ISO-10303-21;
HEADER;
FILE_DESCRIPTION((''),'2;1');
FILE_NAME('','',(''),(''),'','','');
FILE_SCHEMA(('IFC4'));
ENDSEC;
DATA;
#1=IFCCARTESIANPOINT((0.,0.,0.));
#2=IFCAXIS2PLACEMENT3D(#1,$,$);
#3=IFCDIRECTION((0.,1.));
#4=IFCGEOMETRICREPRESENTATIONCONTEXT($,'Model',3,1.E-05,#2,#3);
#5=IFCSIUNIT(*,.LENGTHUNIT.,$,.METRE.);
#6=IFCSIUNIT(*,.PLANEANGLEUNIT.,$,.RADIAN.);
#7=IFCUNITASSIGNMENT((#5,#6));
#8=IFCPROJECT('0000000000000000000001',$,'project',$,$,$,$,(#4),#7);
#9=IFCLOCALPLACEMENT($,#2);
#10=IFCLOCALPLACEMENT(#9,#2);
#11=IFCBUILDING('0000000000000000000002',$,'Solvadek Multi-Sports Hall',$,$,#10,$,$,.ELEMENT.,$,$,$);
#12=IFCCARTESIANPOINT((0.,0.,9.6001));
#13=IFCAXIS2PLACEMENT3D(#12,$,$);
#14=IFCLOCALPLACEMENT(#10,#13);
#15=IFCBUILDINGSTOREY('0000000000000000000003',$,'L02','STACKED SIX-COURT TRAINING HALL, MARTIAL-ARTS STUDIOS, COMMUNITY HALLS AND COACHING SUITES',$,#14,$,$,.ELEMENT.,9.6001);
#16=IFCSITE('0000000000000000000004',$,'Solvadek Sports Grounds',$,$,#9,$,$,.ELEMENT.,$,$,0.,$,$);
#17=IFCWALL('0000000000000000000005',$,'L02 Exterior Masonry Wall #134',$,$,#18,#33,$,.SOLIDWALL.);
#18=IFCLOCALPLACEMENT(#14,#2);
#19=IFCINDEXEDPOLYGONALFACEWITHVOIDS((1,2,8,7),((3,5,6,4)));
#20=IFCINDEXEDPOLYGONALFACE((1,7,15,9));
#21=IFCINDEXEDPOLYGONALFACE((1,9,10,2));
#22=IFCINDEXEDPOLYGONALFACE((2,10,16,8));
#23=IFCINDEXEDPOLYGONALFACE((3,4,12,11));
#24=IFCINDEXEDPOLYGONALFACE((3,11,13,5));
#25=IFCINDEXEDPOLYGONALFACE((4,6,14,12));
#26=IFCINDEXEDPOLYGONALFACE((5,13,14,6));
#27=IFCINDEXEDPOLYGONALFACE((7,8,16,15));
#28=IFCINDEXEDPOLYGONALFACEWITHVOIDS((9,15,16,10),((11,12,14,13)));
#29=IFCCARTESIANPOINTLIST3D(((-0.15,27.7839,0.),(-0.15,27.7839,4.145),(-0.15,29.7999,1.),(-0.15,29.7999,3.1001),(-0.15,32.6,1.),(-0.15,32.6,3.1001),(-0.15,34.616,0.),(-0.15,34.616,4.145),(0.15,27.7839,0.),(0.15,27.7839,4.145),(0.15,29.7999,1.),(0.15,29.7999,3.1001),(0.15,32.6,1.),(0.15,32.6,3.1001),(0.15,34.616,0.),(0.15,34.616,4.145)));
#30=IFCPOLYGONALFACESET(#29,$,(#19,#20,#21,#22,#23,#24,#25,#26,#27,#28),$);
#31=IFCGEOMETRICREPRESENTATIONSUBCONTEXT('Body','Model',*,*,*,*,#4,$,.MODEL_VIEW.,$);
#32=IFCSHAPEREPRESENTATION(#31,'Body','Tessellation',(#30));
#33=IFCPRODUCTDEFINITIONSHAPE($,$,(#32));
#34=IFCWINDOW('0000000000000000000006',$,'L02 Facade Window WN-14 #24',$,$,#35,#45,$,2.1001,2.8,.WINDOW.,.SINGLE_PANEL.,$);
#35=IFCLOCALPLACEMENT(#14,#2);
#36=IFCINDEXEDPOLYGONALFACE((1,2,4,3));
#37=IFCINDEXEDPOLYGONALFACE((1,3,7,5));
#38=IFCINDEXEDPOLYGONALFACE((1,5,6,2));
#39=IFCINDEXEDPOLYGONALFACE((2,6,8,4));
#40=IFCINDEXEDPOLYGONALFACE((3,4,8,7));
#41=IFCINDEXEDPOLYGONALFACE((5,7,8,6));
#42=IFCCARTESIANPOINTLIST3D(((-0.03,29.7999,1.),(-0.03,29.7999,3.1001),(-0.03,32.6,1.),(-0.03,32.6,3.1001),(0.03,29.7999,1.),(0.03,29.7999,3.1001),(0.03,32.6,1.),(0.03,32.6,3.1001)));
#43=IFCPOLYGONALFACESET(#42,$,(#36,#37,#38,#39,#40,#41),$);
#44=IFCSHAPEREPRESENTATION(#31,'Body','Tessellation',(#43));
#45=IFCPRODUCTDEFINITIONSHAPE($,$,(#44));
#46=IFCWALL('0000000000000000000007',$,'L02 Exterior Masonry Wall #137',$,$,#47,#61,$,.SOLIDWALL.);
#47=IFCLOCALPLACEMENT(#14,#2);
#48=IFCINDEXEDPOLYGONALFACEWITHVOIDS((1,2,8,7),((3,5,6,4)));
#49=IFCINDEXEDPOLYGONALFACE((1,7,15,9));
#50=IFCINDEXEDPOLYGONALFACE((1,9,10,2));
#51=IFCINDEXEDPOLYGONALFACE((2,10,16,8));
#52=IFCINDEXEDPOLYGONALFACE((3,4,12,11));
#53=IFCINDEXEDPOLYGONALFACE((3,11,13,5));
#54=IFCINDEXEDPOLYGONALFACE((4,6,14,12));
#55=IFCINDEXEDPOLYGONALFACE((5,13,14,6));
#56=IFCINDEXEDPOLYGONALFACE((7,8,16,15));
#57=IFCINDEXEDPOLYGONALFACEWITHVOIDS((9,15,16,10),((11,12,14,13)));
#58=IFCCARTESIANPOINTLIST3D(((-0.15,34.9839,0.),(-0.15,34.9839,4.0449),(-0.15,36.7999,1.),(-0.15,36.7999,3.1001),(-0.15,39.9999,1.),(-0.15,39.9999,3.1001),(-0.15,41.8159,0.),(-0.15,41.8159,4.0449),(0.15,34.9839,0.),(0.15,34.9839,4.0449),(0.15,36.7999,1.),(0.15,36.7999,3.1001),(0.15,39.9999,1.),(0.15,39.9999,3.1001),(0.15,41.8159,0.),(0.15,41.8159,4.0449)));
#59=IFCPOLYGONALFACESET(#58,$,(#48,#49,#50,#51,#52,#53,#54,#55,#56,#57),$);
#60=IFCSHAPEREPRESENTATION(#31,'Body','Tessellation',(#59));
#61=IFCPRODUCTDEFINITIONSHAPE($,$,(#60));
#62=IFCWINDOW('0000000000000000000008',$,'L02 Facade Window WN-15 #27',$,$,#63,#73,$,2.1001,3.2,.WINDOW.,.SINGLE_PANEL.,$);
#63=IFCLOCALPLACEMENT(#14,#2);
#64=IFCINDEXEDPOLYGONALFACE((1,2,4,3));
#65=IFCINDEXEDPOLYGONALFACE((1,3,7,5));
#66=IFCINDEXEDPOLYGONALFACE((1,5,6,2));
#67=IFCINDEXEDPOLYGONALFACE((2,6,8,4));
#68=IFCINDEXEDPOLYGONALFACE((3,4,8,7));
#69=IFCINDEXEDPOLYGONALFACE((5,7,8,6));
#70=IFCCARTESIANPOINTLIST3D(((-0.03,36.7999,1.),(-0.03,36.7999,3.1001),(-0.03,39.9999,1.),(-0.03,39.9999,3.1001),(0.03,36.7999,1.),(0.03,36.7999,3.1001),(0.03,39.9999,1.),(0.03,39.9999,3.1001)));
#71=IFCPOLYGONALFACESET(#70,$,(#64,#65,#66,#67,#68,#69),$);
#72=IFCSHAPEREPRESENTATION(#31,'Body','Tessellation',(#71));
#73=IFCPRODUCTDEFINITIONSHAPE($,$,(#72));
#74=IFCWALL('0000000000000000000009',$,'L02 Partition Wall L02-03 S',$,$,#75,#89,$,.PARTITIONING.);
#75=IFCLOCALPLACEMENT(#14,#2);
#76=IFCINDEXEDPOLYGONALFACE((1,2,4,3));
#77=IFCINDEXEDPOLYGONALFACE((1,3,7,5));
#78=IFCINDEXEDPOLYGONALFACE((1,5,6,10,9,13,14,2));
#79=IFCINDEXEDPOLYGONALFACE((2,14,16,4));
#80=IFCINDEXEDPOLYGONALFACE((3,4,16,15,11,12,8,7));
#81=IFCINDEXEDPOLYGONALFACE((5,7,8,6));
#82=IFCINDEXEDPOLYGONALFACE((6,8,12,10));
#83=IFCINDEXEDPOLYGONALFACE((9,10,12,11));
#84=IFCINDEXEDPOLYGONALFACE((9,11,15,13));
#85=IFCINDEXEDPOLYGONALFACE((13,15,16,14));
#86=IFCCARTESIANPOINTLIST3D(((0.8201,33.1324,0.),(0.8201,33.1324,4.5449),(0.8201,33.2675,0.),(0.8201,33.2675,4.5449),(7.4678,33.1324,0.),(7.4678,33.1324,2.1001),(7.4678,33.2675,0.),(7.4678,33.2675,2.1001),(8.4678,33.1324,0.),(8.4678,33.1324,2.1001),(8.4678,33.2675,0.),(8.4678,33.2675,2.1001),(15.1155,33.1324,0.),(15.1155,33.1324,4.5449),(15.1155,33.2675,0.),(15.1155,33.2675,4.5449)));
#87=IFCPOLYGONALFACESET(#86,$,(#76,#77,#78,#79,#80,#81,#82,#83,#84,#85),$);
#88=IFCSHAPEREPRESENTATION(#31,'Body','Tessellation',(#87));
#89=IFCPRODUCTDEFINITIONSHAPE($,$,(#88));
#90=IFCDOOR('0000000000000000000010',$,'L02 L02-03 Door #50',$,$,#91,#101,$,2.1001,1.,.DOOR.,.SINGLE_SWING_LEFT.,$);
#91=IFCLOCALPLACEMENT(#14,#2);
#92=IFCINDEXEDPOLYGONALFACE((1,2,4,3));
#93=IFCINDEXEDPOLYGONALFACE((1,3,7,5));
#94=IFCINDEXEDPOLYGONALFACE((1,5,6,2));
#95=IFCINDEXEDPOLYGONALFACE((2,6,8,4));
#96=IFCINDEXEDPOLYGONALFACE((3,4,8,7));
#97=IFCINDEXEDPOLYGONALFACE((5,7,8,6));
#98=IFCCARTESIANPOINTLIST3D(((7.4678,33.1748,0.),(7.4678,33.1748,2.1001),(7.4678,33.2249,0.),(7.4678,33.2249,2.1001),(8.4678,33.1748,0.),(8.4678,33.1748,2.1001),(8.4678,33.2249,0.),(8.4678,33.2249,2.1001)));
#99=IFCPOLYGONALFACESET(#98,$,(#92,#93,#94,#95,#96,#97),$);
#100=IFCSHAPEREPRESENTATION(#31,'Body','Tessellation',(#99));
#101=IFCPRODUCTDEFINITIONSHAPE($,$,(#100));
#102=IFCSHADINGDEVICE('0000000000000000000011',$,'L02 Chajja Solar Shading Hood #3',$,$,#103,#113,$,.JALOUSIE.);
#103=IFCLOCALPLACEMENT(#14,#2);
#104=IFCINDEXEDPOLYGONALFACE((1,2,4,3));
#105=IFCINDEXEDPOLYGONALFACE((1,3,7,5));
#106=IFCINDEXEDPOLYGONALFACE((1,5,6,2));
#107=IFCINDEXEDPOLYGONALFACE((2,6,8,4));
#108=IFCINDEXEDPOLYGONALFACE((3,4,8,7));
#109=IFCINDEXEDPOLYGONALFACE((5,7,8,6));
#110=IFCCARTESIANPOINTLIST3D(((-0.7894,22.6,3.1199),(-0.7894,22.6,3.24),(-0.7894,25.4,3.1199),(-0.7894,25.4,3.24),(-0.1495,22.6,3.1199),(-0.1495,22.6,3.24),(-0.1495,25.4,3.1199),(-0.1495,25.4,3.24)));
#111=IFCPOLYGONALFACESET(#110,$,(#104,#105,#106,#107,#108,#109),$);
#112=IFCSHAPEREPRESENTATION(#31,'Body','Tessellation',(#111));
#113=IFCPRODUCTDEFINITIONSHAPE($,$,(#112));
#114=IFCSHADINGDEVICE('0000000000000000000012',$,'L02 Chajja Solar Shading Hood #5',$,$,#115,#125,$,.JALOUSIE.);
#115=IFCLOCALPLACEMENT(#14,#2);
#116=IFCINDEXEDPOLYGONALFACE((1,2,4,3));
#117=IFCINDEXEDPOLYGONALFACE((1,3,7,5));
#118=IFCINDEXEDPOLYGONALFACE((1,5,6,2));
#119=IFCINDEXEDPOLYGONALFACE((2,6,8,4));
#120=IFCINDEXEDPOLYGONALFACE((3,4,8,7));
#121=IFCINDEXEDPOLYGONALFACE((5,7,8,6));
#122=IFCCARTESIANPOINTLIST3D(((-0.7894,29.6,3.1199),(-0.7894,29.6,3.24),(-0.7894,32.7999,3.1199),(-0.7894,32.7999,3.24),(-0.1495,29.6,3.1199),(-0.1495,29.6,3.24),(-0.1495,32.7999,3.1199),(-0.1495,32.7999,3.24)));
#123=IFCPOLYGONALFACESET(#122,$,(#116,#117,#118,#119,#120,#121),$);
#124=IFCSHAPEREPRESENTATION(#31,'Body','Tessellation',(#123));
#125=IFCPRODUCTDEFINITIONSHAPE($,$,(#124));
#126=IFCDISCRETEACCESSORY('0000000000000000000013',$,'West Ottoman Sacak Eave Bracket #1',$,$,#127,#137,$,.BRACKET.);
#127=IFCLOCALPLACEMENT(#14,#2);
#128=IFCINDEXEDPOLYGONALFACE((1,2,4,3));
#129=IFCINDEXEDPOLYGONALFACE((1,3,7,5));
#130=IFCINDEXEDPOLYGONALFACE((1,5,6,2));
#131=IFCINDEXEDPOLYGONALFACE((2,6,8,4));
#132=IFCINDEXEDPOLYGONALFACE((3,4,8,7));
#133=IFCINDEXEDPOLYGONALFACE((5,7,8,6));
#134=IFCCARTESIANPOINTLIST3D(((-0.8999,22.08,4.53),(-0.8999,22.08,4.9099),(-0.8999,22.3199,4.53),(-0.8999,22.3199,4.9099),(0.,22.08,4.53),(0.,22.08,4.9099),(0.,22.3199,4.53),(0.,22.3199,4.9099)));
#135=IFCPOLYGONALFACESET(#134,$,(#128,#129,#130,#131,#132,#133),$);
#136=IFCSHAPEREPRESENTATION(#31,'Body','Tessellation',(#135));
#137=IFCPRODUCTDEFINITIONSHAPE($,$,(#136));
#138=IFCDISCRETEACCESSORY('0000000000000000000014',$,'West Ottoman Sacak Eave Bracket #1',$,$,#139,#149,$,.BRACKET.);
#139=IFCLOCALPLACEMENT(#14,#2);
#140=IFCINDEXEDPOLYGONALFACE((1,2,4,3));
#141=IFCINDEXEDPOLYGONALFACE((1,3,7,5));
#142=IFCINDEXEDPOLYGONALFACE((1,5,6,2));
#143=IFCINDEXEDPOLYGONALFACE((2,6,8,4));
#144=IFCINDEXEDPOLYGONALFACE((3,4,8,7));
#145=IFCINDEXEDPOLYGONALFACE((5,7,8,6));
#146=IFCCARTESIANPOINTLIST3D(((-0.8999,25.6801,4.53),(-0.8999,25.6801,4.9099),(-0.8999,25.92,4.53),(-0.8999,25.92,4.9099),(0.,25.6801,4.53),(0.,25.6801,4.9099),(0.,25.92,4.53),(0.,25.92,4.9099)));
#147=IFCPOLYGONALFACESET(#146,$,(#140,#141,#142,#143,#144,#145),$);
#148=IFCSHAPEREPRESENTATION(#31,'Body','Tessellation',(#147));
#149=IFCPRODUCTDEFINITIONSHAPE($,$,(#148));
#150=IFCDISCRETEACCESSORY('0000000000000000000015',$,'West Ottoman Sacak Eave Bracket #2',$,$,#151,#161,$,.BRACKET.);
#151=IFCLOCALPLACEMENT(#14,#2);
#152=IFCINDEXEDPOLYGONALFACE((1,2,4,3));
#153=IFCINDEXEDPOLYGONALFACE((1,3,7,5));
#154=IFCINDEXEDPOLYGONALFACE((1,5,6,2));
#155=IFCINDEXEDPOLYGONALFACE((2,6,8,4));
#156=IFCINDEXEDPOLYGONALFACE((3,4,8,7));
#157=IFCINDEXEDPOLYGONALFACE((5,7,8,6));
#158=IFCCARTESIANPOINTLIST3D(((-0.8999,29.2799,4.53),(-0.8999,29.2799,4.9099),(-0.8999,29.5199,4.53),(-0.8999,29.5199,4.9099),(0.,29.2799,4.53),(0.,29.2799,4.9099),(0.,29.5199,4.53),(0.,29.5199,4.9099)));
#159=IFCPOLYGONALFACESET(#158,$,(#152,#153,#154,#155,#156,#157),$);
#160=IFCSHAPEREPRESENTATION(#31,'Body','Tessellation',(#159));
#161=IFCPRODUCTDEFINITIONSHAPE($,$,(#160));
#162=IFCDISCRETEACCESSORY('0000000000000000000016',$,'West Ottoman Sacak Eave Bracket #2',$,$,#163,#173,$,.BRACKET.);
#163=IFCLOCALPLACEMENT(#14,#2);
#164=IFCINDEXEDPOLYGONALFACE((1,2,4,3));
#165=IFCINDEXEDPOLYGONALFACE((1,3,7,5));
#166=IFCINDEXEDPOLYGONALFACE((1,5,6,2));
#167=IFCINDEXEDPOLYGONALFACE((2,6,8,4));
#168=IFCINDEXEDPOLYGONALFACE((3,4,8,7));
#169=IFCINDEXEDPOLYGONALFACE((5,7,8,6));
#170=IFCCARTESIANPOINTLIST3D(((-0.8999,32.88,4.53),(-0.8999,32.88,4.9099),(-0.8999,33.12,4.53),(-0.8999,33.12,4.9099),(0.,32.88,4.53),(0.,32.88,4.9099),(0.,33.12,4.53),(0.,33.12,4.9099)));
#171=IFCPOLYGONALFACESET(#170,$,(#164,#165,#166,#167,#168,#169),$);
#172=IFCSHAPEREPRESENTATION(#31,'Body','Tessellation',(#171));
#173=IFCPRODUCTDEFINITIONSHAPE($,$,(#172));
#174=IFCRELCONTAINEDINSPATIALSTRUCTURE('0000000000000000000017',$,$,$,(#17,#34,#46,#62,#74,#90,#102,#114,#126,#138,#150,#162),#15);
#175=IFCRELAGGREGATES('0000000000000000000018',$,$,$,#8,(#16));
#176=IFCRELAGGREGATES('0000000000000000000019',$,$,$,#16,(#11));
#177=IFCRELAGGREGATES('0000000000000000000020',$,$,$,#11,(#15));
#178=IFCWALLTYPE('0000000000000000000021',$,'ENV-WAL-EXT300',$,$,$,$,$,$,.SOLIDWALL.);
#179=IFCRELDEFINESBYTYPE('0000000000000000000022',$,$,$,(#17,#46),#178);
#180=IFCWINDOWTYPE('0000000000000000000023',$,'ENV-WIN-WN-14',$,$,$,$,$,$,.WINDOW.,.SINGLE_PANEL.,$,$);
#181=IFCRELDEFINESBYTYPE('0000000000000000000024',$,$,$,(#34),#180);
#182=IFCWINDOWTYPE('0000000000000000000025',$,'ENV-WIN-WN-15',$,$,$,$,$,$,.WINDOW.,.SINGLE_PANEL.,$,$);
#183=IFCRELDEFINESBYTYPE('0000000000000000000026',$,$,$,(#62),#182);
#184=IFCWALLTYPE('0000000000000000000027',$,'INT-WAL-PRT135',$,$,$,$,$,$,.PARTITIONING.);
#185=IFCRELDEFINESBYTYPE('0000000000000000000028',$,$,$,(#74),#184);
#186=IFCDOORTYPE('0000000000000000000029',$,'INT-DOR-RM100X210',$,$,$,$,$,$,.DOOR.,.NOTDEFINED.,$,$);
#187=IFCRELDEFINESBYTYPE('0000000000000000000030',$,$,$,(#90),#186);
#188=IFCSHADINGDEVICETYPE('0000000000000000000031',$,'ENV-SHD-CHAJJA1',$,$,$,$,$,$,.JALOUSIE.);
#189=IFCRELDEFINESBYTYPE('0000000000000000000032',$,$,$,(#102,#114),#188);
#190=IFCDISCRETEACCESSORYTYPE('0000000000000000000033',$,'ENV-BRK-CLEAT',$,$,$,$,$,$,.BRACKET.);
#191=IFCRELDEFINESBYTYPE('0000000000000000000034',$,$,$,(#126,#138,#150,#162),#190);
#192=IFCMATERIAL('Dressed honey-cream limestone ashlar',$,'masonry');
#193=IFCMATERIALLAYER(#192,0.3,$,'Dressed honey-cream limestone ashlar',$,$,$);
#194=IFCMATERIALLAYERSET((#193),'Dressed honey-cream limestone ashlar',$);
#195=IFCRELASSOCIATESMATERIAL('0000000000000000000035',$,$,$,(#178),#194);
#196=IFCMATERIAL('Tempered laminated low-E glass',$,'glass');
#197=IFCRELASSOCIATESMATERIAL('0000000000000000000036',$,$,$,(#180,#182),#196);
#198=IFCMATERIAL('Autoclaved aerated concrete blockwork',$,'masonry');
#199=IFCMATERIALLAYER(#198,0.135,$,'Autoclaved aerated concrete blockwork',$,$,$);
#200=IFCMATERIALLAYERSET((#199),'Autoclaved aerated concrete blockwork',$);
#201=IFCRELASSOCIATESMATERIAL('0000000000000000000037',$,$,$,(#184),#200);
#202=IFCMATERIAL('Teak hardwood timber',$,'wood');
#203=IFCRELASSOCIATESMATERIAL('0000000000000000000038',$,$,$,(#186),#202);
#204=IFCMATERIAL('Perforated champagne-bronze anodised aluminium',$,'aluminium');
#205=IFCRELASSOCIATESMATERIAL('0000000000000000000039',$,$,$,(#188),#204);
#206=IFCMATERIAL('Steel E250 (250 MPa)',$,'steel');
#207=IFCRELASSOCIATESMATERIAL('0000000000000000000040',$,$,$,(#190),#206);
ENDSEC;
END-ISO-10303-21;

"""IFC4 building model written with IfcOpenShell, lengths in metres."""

from ifc_helpers import new_model, si_unit, direction, frame, frame_2d, origin, origin_2d, place, context, subcontext, project, spatial, rectangle, extrude, material, layer, layer_set, type_object, element, fill, save


model = new_model("IFC4")

# Units and contexts
model_context = context("Model", 3, precision=1e-05, world=origin(), true_north=direction((0.0, 1.0)))
body_context = subcontext(model_context, "Body", "Model", "MODEL_VIEW")
ifc_project = project(units=[si_unit("LENGTHUNIT", "METRE"), si_unit("PLANEANGLEUNIT", "RADIAN")], contexts=[model_context])

# Site, building, storey
site_placement = place(None, origin())
site = spatial("IfcSite", under=ifc_project, at=site_placement, Name="Solvadek Sports Grounds", CompositionType="ELEMENT", RefElevation=0.0)
building_placement = place(site_placement, origin())
building = spatial("IfcBuilding", under=site, at=building_placement, Name="Solvadek Multi-Sports Hall", CompositionType="ELEMENT")
storey_placement = place(building_placement, frame((0.0, 0.0, 9.6001)))
storey = spatial("IfcBuildingStorey", under=building, at=storey_placement, Name="L02", Description="STACKED SIX-COURT TRAINING HALL, MARTIAL-ARTS STUDIOS, COMMUNITY HALLS AND COACHING SUITES", CompositionType="ELEMENT", Elevation=9.6001)

# Shared definitions
ifc_material_1 = material(Name="Teak hardwood timber", Category="wood")

# Walls, openings, windows
ifc_material_2 = material(Name="Dressed honey-cream limestone ashlar", Category="masonry")
ifc_layer_1 = layer(ifc_material_2, 0.3, Name="Dressed honey-cream limestone ashlar")
ifc_layer_set_1 = layer_set([ifc_layer_1], Name="Dressed honey-cream limestone ashlar")
wall_type_1 = type_object("IfcWallType", Name="ENV-WAL-EXT300", PredefinedType="SOLIDWALL", material=ifc_layer_set_1)
wall_1_placement = place(storey_placement, frame((0.0, 27.7839, 0.0), z_axis=(0.0, 0.0, 1.0), x_axis=(0.0, 1.0, 0.0)))
wall_1 = element("IfcWall", 1, at=wall_1_placement, inside=storey, type_object=wall_type_1, Name="L02 Exterior Masonry Wall #134", PredefinedType="SOLIDWALL", context=body_context, shape_type="SweptSolid", body=[
    extrude(rectangle(XDim=6.832, YDim=0.3, at=frame_2d((3.416, 0.0))), origin(), (0.0, 0.0, 1.0), 4.145),
])
opening_1_placement = place(wall_1_placement, frame((2.0161, 0.0, 1.0)))
opening_1 = element("IfcOpeningElement", 2, at=opening_1_placement, cuts=wall_1, PredefinedType="OPENING", context=body_context, shape_type="SweptSolid", body=[
    extrude(rectangle(XDim=2.8, YDim=2.1001, at=frame_2d((1.3999, 1.05))), frame((0.0, 0.1599, 0.0), z_axis=(0.0, -1.0, 0.0), x_axis=(1.0, 0.0, 0.0)), (0.0, 0.0, 1.0), 0.3201),
])
ifc_material_3 = material(Name="Tempered laminated low-E glass", Category="glass")
window_type_1 = type_object("IfcWindowType", Name="ENV-WIN-WN-14", PartitioningType="SINGLE_PANEL", PredefinedType="WINDOW", material=ifc_material_3)
window_1_placement = place(opening_1_placement, origin())
window_1 = element("IfcWindow", 3, at=window_1_placement, inside=storey, type_object=window_type_1, Name="L02 Facade Window WN-14 #24", OverallHeight=2.1001, OverallWidth=2.8, PartitioningType="SINGLE_PANEL", PredefinedType="WINDOW", context=body_context, shape_type="SweptSolid", body=[
    extrude(rectangle(XDim=2.8, YDim=2.1001, at=frame_2d((1.3999, 1.05))), frame((0.0, 0.03, 0.0), z_axis=(0.0, -1.0, 0.0), x_axis=(1.0, 0.0, 0.0)), (0.0, 0.0, 1.0), 0.0601),
])
fill(opening_1, window_1)
wall_2_placement = place(storey_placement, frame((0.0, 34.9839, 0.0), z_axis=(0.0, 0.0, 1.0), x_axis=(0.0, 1.0, 0.0)))
wall_2 = element("IfcWall", 4, at=wall_2_placement, inside=storey, type_object=wall_type_1, Name="L02 Exterior Masonry Wall #137", PredefinedType="SOLIDWALL", context=body_context, shape_type="SweptSolid", body=[
    extrude(rectangle(XDim=6.832, YDim=0.3, at=frame_2d((3.416, 0.0))), origin(), (0.0, 0.0, 1.0), 4.0449),
])
opening_2_placement = place(wall_2_placement, frame((1.8159, 0.0, 1.0)))
opening_2 = element("IfcOpeningElement", 5, at=opening_2_placement, cuts=wall_2, PredefinedType="OPENING", context=body_context, shape_type="SweptSolid", body=[
    extrude(rectangle(XDim=3.2, YDim=2.1001, at=frame_2d((1.6001, 1.05))), frame((0.0, 0.1599, 0.0), z_axis=(0.0, -1.0, 0.0), x_axis=(1.0, 0.0, 0.0)), (0.0, 0.0, 1.0), 0.3201),
])
window_type_2 = type_object("IfcWindowType", Name="ENV-WIN-WN-15", PartitioningType="SINGLE_PANEL", PredefinedType="WINDOW", material=ifc_material_3)
window_2_placement = place(opening_2_placement, origin())
window_2 = element("IfcWindow", 6, at=window_2_placement, inside=storey, type_object=window_type_2, Name="L02 Facade Window WN-15 #27", OverallHeight=2.1001, OverallWidth=3.2, PartitioningType="SINGLE_PANEL", PredefinedType="WINDOW", context=body_context, shape_type="SweptSolid", body=[
    extrude(rectangle(XDim=3.2, YDim=2.1001, at=frame_2d((1.6001, 1.05))), frame((0.0, 0.03, 0.0), z_axis=(0.0, -1.0, 0.0), x_axis=(1.0, 0.0, 0.0)), (0.0, 0.0, 1.0), 0.0601),
])
fill(opening_2, window_2)

# Wall, opening, door
ifc_material_4 = material(Name="Autoclaved aerated concrete blockwork", Category="masonry")
ifc_layer_2 = layer(ifc_material_4, 0.135, Name="Autoclaved aerated concrete blockwork")
ifc_layer_set_2 = layer_set([ifc_layer_2], Name="Autoclaved aerated concrete blockwork")
wall_type_2 = type_object("IfcWallType", Name="INT-WAL-PRT135", PredefinedType="PARTITIONING", material=ifc_layer_set_2)
wall_3_placement = place(storey_placement, frame((0.8201, 33.2, 0.0), z_axis=(0.0, 0.0, 1.0), x_axis=(1.0, 0.0, 0.0)))
wall_3 = element("IfcWall", 7, at=wall_3_placement, inside=storey, type_object=wall_type_2, Name="L02 Partition Wall L02-03 S", PredefinedType="PARTITIONING", context=body_context, shape_type="SweptSolid", body=[
    extrude(rectangle(XDim=14.2954, YDim=0.135, at=frame_2d((7.1477, 0.0))), origin(), (0.0, 0.0, 1.0), 4.5449),
])
opening_3_placement = place(wall_3_placement, frame((6.6477, 0.0, 0.0)))
opening_3 = element("IfcOpeningElement", 8, at=opening_3_placement, cuts=wall_3, PredefinedType="OPENING", context=body_context, shape_type="SweptSolid", body=[
    extrude(rectangle(XDim=1.0, YDim=2.1001, at=frame_2d((0.5, 1.05))), frame((0.0, 0.0774, 0.0), z_axis=(0.0, -1.0, 0.0), x_axis=(1.0, 0.0, 0.0)), (0.0, 0.0, 1.0), 0.155),
])
door_type = type_object("IfcDoorType", Name="INT-DOR-RM100X210", OperationType="NOTDEFINED", PredefinedType="DOOR", material=ifc_material_1)
door_placement = place(opening_3_placement, origin())
door = element("IfcDoor", 9, at=door_placement, inside=storey, type_object=door_type, Name="L02 L02-03 Door #50", OperationType="SINGLE_SWING_LEFT", OverallHeight=2.1001, OverallWidth=1.0, PredefinedType="DOOR", context=body_context, shape_type="SweptSolid", body=[
    extrude(rectangle(XDim=1.0, YDim=2.1001, at=frame_2d((0.5, 1.05))), frame((0.0, 0.0249, 0.0), z_axis=(0.0, -1.0, 0.0), x_axis=(1.0, 0.0, 0.0)), (0.0, 0.0, 1.0), 0.05),
])
fill(opening_3, door)

# Shading devices
ifc_material_5 = material(Name="Perforated champagne-bronze anodised aluminium", Category="aluminium")
shading_device_type = type_object("IfcShadingDeviceType", Name="ENV-SHD-CHAJJA1", PredefinedType="JALOUSIE", material=ifc_material_5)
shading_device_1_placement = place(storey_placement, frame((-0.4695, 24.0, 3.1199), z_axis=(0.0, 0.0, 1.0), x_axis=(0.0, 1.0, 0.0)))
element("IfcShadingDevice", 10, at=shading_device_1_placement, inside=storey, type_object=shading_device_type, Name="L02 Chajja Solar Shading Hood #3", PredefinedType="JALOUSIE", context=body_context, shape_type="SweptSolid", body=[
    extrude(rectangle(XDim=2.8, YDim=0.6399, at=origin_2d()), origin(), (0.0, 0.0, 1.0), 0.1201),
])
shading_device_2_placement = place(storey_placement, frame((-0.4695, 31.2, 3.1199), z_axis=(0.0, 0.0, 1.0), x_axis=(0.0, 1.0, 0.0)))
element("IfcShadingDevice", 11, at=shading_device_2_placement, inside=storey, type_object=shading_device_type, Name="L02 Chajja Solar Shading Hood #5", PredefinedType="JALOUSIE", context=body_context, shape_type="SweptSolid", body=[
    extrude(rectangle(XDim=3.2, YDim=0.6399, at=origin_2d()), origin(), (0.0, 0.0, 1.0), 0.1201),
])

# Discrete accessories
ifc_material_6 = material(Name="Steel E250 (250 MPa)", Category="steel")
discrete_accessory_type = type_object("IfcDiscreteAccessoryType", Name="ENV-BRK-CLEAT", PredefinedType="BRACKET", material=ifc_material_6)
for number, where, z_axis, x_axis, name in (
    (12, (-0.45, 22.2, 4.53), (0.0, 0.0, 1.0), (1.0, 0.0, 0.0), "West Ottoman Sacak Eave Bracket #1"),
    (13, (-0.45, 25.8, 4.53), (0.0, 0.0, 1.0), (1.0, 0.0, 0.0), "West Ottoman Sacak Eave Bracket #1"),
    (14, (-0.45, 29.3999, 4.53), (0.0, 0.0, 1.0), (1.0, 0.0, 0.0), "West Ottoman Sacak Eave Bracket #2"),
    (15, (-0.45, 33.0, 4.53), (0.0, 0.0, 1.0), (1.0, 0.0, 0.0), "West Ottoman Sacak Eave Bracket #2"),
):
    element("IfcDiscreteAccessory", number, at=place(storey_placement, frame(where, z_axis=z_axis, x_axis=x_axis)), inside=storey, type_object=discrete_accessory_type, Name=name, PredefinedType="BRACKET", context=body_context, shape_type="SweptSolid", body=[
        extrude(rectangle(XDim=0.8999, YDim=0.24, at=origin_2d()), origin(), (0.0, 0.0, 1.0), 0.3799),
    ])

save(model, "model.ifc")
